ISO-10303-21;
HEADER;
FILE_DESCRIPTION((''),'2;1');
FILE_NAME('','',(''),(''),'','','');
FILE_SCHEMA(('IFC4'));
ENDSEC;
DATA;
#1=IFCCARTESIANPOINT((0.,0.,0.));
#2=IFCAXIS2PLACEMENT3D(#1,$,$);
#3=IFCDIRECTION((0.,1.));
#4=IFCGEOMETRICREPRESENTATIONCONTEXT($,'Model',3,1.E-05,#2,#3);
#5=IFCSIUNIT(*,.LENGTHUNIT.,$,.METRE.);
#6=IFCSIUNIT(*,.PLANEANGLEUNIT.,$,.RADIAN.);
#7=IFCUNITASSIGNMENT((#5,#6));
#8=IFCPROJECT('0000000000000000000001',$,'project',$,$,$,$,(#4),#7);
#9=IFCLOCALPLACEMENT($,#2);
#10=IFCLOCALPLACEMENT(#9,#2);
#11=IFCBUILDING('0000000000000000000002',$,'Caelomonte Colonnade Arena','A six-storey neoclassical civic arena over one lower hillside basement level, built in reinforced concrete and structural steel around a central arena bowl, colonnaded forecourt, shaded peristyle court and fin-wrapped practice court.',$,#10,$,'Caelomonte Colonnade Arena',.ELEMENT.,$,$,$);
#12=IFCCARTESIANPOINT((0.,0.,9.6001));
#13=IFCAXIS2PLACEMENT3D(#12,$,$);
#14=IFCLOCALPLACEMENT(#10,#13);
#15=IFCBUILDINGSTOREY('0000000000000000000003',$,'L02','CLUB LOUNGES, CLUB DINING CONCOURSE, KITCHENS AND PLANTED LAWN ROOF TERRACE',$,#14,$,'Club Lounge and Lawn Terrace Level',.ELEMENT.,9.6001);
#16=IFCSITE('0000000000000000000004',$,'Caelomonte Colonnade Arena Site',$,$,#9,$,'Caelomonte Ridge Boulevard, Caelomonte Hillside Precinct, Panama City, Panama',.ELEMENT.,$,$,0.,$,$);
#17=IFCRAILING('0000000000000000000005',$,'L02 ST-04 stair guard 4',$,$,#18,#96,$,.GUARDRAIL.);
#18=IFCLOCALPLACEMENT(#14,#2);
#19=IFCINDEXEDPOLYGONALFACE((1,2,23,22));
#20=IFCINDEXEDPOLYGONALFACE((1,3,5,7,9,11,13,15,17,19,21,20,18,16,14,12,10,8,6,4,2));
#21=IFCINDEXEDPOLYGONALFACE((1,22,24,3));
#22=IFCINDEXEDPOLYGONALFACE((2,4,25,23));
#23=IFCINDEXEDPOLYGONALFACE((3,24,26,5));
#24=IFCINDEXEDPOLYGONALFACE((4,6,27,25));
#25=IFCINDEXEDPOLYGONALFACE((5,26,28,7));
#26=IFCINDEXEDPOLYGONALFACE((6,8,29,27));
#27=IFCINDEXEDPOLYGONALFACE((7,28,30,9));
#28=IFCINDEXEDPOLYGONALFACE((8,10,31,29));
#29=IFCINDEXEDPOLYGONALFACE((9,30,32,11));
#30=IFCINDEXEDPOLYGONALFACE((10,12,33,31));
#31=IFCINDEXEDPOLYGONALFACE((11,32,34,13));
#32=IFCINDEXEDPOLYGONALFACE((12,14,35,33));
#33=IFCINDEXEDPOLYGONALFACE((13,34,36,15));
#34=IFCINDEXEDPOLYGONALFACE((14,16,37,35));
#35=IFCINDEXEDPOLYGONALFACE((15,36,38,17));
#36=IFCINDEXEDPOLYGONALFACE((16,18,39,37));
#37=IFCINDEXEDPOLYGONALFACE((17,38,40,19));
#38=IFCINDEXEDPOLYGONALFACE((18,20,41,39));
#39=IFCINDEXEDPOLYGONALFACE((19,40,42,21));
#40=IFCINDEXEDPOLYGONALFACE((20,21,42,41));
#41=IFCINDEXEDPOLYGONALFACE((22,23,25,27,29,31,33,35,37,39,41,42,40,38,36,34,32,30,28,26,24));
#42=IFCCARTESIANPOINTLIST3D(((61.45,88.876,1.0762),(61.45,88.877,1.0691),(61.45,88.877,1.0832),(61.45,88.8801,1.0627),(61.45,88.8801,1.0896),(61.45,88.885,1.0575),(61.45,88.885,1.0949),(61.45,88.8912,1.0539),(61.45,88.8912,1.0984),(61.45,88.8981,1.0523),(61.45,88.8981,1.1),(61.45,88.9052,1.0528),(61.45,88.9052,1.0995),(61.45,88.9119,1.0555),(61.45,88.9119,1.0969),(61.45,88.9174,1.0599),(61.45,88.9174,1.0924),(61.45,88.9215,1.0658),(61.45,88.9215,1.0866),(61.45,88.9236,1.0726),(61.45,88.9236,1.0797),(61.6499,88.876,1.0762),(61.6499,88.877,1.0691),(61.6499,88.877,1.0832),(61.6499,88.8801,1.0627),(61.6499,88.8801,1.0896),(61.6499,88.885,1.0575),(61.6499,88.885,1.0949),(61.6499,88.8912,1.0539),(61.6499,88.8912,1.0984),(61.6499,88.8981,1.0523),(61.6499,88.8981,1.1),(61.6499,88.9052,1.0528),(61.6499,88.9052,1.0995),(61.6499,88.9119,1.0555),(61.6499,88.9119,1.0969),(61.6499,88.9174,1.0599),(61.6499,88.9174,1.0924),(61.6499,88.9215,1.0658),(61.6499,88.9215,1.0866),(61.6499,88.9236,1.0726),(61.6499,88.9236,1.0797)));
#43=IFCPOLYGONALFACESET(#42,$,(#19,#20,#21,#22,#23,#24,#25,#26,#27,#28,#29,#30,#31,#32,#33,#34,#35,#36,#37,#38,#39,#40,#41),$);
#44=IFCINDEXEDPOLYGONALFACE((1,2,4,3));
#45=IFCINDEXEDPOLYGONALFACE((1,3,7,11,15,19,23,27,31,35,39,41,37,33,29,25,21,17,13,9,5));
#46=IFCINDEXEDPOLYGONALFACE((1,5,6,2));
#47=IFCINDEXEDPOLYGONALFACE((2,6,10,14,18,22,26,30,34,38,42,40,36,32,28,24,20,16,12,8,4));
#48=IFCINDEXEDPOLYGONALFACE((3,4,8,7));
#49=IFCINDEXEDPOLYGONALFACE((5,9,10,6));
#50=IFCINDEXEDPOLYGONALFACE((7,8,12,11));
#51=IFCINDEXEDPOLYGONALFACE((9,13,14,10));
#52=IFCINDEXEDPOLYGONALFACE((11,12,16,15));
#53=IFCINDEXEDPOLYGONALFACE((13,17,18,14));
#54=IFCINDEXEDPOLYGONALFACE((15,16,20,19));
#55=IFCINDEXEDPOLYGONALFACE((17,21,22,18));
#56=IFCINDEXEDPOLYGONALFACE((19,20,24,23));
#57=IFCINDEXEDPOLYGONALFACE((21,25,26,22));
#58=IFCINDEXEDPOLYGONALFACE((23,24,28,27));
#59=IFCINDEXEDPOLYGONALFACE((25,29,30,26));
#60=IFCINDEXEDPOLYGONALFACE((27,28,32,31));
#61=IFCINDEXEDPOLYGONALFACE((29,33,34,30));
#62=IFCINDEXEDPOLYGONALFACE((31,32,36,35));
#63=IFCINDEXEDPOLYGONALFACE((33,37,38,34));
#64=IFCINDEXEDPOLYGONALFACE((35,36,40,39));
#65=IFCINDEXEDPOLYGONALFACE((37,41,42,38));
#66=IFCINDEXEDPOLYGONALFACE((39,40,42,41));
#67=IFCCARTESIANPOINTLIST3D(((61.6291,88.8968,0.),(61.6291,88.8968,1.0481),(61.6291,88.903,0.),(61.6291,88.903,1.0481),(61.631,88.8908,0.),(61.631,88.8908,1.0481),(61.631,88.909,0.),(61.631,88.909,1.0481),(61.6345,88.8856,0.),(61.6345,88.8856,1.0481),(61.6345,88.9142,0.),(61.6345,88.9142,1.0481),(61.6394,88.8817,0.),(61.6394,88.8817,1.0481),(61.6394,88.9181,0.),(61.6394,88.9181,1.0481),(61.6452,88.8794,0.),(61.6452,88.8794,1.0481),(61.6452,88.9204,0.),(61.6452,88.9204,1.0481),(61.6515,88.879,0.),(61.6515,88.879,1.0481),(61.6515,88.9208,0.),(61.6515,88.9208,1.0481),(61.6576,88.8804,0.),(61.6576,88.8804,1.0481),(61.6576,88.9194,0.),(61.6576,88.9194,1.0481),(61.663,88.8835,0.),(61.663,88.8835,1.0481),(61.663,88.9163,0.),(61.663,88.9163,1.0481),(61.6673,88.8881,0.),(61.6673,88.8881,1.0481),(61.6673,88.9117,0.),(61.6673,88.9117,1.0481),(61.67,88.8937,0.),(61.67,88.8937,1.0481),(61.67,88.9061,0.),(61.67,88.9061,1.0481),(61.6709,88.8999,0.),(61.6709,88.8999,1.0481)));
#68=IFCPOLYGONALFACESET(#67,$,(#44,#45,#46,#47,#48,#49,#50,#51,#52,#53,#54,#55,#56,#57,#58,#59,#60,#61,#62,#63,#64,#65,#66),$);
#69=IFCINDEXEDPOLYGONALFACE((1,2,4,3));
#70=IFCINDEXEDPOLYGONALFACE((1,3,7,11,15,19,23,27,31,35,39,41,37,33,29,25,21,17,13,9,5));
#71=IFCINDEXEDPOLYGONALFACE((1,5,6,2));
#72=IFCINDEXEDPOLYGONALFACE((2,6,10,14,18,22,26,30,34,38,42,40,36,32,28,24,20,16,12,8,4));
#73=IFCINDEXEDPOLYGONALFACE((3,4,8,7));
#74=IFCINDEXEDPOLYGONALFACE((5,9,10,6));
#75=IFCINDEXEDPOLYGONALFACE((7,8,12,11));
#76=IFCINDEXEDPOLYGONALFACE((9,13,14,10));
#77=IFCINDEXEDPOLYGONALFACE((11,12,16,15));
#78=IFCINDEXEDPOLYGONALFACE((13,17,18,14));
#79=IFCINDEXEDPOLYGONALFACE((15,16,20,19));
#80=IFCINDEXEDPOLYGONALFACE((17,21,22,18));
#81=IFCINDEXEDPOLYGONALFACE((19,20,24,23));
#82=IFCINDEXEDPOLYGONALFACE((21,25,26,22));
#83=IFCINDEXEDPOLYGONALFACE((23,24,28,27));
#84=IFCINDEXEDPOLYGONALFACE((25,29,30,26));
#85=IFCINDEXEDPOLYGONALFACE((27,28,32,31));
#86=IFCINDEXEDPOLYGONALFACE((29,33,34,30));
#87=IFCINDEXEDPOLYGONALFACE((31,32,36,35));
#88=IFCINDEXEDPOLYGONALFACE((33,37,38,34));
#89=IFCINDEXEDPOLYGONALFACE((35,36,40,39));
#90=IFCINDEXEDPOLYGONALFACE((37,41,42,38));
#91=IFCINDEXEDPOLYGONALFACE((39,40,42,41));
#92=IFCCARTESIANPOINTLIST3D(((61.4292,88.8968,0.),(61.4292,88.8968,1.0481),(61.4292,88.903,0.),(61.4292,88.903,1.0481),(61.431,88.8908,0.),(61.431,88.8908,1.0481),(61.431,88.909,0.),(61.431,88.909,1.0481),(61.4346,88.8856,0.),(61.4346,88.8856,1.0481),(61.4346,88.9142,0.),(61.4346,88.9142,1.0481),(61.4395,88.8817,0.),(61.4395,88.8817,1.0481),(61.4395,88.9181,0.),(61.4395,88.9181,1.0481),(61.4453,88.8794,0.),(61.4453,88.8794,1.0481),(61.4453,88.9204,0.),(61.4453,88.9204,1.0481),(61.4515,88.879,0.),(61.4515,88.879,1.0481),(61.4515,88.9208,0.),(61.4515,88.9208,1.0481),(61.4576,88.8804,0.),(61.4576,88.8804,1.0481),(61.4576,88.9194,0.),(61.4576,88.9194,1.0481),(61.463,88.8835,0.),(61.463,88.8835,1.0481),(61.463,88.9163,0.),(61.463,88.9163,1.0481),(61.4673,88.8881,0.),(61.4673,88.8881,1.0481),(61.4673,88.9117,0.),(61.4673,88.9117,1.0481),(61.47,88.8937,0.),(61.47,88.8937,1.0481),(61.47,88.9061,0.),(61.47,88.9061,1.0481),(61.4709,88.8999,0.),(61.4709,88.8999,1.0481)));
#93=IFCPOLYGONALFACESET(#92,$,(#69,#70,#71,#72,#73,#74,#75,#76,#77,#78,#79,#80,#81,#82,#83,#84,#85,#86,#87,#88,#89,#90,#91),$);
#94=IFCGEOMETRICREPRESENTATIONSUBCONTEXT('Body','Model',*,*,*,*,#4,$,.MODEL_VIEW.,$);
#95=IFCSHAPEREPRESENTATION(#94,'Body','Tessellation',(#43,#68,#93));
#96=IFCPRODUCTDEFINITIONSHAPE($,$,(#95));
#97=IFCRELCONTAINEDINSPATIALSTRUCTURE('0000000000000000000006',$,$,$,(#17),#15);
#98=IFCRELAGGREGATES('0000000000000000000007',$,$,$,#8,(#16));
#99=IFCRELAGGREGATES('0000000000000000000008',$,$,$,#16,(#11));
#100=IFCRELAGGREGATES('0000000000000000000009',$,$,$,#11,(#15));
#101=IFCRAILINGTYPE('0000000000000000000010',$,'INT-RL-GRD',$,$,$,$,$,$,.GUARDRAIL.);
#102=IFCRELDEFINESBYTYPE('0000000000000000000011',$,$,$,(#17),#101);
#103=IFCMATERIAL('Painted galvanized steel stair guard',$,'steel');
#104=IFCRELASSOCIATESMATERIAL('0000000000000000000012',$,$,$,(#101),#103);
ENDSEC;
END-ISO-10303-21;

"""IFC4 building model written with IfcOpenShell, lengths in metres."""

from ifc_helpers import new_model, si_unit, direction, frame, origin, origin_2d, place, context, subcontext, project, spatial, circle, extrude, material, type_object, element, save


model = new_model("IFC4")

# Units and contexts
model_context = context("Model", 3, precision=1e-05, world=origin(), true_north=direction((0.0, 1.0)))
body_context = subcontext(model_context, "Body", "Model", "MODEL_VIEW")
ifc_project = project(units=[si_unit("LENGTHUNIT", "METRE"), si_unit("PLANEANGLEUNIT", "RADIAN")], contexts=[model_context])

# Site, building, storey
site_placement = place(None, origin())
site = spatial("IfcSite", under=ifc_project, at=site_placement, Name="Caelomonte Colonnade Arena Site", LongName="Caelomonte Ridge Boulevard, Caelomonte Hillside Precinct, Panama City, Panama", CompositionType="ELEMENT", RefElevation=0.0)
building_placement = place(site_placement, origin())
building = spatial("IfcBuilding", under=site, at=building_placement, Name="Caelomonte Colonnade Arena", Description="A six-storey neoclassical civic arena over one lower hillside basement level, built in reinforced concrete and structural steel around a central arena bowl, colonnaded forecourt, shaded peristyle court and fin-wrapped practice court.", LongName="Caelomonte Colonnade Arena", CompositionType="ELEMENT")
storey_placement = place(building_placement, frame((0.0, 0.0, 9.6001)))
storey = spatial("IfcBuildingStorey", under=building, at=storey_placement, Name="L02", Description="CLUB LOUNGES, CLUB DINING CONCOURSE, KITCHENS AND PLANTED LAWN ROOF TERRACE", LongName="Club Lounge and Lawn Terrace Level", CompositionType="ELEMENT", Elevation=9.6001)

# Railing
ifc_material_1 = material(Name="Painted galvanized steel stair guard", Category="steel")
railing_type_1 = type_object("IfcRailingType", Name="INT-RL-GRD", PredefinedType="GUARDRAIL", material=ifc_material_1)
railing_1_placement = place(storey_placement, frame((61.6499, 88.8999, 0.0)))
element("IfcRailing", 1, at=railing_1_placement, inside=storey, type_object=railing_type_1, Name="L02 ST-04 stair guard 4", PredefinedType="GUARDRAIL", context=body_context, shape_type="SweptSolid", body=[
    extrude(circle(Radius=0.0239, at=origin_2d()), frame((0.0, 0.0, 1.0762), z_axis=(-1.0, 0.0, 0.0), x_axis=(0.0, -1.0, 0.0)), (0.0, 0.0, 1.0), 0.2),
    extrude(circle(Radius=0.021, at=origin_2d()), origin(), (0.0, 0.0, 1.0), 1.0481),
    extrude(circle(Radius=0.021, at=origin_2d()), frame((-0.2, 0.0, 0.0)), (0.0, 0.0, 1.0), 1.0481),
])

save(model, "model.ifc")
